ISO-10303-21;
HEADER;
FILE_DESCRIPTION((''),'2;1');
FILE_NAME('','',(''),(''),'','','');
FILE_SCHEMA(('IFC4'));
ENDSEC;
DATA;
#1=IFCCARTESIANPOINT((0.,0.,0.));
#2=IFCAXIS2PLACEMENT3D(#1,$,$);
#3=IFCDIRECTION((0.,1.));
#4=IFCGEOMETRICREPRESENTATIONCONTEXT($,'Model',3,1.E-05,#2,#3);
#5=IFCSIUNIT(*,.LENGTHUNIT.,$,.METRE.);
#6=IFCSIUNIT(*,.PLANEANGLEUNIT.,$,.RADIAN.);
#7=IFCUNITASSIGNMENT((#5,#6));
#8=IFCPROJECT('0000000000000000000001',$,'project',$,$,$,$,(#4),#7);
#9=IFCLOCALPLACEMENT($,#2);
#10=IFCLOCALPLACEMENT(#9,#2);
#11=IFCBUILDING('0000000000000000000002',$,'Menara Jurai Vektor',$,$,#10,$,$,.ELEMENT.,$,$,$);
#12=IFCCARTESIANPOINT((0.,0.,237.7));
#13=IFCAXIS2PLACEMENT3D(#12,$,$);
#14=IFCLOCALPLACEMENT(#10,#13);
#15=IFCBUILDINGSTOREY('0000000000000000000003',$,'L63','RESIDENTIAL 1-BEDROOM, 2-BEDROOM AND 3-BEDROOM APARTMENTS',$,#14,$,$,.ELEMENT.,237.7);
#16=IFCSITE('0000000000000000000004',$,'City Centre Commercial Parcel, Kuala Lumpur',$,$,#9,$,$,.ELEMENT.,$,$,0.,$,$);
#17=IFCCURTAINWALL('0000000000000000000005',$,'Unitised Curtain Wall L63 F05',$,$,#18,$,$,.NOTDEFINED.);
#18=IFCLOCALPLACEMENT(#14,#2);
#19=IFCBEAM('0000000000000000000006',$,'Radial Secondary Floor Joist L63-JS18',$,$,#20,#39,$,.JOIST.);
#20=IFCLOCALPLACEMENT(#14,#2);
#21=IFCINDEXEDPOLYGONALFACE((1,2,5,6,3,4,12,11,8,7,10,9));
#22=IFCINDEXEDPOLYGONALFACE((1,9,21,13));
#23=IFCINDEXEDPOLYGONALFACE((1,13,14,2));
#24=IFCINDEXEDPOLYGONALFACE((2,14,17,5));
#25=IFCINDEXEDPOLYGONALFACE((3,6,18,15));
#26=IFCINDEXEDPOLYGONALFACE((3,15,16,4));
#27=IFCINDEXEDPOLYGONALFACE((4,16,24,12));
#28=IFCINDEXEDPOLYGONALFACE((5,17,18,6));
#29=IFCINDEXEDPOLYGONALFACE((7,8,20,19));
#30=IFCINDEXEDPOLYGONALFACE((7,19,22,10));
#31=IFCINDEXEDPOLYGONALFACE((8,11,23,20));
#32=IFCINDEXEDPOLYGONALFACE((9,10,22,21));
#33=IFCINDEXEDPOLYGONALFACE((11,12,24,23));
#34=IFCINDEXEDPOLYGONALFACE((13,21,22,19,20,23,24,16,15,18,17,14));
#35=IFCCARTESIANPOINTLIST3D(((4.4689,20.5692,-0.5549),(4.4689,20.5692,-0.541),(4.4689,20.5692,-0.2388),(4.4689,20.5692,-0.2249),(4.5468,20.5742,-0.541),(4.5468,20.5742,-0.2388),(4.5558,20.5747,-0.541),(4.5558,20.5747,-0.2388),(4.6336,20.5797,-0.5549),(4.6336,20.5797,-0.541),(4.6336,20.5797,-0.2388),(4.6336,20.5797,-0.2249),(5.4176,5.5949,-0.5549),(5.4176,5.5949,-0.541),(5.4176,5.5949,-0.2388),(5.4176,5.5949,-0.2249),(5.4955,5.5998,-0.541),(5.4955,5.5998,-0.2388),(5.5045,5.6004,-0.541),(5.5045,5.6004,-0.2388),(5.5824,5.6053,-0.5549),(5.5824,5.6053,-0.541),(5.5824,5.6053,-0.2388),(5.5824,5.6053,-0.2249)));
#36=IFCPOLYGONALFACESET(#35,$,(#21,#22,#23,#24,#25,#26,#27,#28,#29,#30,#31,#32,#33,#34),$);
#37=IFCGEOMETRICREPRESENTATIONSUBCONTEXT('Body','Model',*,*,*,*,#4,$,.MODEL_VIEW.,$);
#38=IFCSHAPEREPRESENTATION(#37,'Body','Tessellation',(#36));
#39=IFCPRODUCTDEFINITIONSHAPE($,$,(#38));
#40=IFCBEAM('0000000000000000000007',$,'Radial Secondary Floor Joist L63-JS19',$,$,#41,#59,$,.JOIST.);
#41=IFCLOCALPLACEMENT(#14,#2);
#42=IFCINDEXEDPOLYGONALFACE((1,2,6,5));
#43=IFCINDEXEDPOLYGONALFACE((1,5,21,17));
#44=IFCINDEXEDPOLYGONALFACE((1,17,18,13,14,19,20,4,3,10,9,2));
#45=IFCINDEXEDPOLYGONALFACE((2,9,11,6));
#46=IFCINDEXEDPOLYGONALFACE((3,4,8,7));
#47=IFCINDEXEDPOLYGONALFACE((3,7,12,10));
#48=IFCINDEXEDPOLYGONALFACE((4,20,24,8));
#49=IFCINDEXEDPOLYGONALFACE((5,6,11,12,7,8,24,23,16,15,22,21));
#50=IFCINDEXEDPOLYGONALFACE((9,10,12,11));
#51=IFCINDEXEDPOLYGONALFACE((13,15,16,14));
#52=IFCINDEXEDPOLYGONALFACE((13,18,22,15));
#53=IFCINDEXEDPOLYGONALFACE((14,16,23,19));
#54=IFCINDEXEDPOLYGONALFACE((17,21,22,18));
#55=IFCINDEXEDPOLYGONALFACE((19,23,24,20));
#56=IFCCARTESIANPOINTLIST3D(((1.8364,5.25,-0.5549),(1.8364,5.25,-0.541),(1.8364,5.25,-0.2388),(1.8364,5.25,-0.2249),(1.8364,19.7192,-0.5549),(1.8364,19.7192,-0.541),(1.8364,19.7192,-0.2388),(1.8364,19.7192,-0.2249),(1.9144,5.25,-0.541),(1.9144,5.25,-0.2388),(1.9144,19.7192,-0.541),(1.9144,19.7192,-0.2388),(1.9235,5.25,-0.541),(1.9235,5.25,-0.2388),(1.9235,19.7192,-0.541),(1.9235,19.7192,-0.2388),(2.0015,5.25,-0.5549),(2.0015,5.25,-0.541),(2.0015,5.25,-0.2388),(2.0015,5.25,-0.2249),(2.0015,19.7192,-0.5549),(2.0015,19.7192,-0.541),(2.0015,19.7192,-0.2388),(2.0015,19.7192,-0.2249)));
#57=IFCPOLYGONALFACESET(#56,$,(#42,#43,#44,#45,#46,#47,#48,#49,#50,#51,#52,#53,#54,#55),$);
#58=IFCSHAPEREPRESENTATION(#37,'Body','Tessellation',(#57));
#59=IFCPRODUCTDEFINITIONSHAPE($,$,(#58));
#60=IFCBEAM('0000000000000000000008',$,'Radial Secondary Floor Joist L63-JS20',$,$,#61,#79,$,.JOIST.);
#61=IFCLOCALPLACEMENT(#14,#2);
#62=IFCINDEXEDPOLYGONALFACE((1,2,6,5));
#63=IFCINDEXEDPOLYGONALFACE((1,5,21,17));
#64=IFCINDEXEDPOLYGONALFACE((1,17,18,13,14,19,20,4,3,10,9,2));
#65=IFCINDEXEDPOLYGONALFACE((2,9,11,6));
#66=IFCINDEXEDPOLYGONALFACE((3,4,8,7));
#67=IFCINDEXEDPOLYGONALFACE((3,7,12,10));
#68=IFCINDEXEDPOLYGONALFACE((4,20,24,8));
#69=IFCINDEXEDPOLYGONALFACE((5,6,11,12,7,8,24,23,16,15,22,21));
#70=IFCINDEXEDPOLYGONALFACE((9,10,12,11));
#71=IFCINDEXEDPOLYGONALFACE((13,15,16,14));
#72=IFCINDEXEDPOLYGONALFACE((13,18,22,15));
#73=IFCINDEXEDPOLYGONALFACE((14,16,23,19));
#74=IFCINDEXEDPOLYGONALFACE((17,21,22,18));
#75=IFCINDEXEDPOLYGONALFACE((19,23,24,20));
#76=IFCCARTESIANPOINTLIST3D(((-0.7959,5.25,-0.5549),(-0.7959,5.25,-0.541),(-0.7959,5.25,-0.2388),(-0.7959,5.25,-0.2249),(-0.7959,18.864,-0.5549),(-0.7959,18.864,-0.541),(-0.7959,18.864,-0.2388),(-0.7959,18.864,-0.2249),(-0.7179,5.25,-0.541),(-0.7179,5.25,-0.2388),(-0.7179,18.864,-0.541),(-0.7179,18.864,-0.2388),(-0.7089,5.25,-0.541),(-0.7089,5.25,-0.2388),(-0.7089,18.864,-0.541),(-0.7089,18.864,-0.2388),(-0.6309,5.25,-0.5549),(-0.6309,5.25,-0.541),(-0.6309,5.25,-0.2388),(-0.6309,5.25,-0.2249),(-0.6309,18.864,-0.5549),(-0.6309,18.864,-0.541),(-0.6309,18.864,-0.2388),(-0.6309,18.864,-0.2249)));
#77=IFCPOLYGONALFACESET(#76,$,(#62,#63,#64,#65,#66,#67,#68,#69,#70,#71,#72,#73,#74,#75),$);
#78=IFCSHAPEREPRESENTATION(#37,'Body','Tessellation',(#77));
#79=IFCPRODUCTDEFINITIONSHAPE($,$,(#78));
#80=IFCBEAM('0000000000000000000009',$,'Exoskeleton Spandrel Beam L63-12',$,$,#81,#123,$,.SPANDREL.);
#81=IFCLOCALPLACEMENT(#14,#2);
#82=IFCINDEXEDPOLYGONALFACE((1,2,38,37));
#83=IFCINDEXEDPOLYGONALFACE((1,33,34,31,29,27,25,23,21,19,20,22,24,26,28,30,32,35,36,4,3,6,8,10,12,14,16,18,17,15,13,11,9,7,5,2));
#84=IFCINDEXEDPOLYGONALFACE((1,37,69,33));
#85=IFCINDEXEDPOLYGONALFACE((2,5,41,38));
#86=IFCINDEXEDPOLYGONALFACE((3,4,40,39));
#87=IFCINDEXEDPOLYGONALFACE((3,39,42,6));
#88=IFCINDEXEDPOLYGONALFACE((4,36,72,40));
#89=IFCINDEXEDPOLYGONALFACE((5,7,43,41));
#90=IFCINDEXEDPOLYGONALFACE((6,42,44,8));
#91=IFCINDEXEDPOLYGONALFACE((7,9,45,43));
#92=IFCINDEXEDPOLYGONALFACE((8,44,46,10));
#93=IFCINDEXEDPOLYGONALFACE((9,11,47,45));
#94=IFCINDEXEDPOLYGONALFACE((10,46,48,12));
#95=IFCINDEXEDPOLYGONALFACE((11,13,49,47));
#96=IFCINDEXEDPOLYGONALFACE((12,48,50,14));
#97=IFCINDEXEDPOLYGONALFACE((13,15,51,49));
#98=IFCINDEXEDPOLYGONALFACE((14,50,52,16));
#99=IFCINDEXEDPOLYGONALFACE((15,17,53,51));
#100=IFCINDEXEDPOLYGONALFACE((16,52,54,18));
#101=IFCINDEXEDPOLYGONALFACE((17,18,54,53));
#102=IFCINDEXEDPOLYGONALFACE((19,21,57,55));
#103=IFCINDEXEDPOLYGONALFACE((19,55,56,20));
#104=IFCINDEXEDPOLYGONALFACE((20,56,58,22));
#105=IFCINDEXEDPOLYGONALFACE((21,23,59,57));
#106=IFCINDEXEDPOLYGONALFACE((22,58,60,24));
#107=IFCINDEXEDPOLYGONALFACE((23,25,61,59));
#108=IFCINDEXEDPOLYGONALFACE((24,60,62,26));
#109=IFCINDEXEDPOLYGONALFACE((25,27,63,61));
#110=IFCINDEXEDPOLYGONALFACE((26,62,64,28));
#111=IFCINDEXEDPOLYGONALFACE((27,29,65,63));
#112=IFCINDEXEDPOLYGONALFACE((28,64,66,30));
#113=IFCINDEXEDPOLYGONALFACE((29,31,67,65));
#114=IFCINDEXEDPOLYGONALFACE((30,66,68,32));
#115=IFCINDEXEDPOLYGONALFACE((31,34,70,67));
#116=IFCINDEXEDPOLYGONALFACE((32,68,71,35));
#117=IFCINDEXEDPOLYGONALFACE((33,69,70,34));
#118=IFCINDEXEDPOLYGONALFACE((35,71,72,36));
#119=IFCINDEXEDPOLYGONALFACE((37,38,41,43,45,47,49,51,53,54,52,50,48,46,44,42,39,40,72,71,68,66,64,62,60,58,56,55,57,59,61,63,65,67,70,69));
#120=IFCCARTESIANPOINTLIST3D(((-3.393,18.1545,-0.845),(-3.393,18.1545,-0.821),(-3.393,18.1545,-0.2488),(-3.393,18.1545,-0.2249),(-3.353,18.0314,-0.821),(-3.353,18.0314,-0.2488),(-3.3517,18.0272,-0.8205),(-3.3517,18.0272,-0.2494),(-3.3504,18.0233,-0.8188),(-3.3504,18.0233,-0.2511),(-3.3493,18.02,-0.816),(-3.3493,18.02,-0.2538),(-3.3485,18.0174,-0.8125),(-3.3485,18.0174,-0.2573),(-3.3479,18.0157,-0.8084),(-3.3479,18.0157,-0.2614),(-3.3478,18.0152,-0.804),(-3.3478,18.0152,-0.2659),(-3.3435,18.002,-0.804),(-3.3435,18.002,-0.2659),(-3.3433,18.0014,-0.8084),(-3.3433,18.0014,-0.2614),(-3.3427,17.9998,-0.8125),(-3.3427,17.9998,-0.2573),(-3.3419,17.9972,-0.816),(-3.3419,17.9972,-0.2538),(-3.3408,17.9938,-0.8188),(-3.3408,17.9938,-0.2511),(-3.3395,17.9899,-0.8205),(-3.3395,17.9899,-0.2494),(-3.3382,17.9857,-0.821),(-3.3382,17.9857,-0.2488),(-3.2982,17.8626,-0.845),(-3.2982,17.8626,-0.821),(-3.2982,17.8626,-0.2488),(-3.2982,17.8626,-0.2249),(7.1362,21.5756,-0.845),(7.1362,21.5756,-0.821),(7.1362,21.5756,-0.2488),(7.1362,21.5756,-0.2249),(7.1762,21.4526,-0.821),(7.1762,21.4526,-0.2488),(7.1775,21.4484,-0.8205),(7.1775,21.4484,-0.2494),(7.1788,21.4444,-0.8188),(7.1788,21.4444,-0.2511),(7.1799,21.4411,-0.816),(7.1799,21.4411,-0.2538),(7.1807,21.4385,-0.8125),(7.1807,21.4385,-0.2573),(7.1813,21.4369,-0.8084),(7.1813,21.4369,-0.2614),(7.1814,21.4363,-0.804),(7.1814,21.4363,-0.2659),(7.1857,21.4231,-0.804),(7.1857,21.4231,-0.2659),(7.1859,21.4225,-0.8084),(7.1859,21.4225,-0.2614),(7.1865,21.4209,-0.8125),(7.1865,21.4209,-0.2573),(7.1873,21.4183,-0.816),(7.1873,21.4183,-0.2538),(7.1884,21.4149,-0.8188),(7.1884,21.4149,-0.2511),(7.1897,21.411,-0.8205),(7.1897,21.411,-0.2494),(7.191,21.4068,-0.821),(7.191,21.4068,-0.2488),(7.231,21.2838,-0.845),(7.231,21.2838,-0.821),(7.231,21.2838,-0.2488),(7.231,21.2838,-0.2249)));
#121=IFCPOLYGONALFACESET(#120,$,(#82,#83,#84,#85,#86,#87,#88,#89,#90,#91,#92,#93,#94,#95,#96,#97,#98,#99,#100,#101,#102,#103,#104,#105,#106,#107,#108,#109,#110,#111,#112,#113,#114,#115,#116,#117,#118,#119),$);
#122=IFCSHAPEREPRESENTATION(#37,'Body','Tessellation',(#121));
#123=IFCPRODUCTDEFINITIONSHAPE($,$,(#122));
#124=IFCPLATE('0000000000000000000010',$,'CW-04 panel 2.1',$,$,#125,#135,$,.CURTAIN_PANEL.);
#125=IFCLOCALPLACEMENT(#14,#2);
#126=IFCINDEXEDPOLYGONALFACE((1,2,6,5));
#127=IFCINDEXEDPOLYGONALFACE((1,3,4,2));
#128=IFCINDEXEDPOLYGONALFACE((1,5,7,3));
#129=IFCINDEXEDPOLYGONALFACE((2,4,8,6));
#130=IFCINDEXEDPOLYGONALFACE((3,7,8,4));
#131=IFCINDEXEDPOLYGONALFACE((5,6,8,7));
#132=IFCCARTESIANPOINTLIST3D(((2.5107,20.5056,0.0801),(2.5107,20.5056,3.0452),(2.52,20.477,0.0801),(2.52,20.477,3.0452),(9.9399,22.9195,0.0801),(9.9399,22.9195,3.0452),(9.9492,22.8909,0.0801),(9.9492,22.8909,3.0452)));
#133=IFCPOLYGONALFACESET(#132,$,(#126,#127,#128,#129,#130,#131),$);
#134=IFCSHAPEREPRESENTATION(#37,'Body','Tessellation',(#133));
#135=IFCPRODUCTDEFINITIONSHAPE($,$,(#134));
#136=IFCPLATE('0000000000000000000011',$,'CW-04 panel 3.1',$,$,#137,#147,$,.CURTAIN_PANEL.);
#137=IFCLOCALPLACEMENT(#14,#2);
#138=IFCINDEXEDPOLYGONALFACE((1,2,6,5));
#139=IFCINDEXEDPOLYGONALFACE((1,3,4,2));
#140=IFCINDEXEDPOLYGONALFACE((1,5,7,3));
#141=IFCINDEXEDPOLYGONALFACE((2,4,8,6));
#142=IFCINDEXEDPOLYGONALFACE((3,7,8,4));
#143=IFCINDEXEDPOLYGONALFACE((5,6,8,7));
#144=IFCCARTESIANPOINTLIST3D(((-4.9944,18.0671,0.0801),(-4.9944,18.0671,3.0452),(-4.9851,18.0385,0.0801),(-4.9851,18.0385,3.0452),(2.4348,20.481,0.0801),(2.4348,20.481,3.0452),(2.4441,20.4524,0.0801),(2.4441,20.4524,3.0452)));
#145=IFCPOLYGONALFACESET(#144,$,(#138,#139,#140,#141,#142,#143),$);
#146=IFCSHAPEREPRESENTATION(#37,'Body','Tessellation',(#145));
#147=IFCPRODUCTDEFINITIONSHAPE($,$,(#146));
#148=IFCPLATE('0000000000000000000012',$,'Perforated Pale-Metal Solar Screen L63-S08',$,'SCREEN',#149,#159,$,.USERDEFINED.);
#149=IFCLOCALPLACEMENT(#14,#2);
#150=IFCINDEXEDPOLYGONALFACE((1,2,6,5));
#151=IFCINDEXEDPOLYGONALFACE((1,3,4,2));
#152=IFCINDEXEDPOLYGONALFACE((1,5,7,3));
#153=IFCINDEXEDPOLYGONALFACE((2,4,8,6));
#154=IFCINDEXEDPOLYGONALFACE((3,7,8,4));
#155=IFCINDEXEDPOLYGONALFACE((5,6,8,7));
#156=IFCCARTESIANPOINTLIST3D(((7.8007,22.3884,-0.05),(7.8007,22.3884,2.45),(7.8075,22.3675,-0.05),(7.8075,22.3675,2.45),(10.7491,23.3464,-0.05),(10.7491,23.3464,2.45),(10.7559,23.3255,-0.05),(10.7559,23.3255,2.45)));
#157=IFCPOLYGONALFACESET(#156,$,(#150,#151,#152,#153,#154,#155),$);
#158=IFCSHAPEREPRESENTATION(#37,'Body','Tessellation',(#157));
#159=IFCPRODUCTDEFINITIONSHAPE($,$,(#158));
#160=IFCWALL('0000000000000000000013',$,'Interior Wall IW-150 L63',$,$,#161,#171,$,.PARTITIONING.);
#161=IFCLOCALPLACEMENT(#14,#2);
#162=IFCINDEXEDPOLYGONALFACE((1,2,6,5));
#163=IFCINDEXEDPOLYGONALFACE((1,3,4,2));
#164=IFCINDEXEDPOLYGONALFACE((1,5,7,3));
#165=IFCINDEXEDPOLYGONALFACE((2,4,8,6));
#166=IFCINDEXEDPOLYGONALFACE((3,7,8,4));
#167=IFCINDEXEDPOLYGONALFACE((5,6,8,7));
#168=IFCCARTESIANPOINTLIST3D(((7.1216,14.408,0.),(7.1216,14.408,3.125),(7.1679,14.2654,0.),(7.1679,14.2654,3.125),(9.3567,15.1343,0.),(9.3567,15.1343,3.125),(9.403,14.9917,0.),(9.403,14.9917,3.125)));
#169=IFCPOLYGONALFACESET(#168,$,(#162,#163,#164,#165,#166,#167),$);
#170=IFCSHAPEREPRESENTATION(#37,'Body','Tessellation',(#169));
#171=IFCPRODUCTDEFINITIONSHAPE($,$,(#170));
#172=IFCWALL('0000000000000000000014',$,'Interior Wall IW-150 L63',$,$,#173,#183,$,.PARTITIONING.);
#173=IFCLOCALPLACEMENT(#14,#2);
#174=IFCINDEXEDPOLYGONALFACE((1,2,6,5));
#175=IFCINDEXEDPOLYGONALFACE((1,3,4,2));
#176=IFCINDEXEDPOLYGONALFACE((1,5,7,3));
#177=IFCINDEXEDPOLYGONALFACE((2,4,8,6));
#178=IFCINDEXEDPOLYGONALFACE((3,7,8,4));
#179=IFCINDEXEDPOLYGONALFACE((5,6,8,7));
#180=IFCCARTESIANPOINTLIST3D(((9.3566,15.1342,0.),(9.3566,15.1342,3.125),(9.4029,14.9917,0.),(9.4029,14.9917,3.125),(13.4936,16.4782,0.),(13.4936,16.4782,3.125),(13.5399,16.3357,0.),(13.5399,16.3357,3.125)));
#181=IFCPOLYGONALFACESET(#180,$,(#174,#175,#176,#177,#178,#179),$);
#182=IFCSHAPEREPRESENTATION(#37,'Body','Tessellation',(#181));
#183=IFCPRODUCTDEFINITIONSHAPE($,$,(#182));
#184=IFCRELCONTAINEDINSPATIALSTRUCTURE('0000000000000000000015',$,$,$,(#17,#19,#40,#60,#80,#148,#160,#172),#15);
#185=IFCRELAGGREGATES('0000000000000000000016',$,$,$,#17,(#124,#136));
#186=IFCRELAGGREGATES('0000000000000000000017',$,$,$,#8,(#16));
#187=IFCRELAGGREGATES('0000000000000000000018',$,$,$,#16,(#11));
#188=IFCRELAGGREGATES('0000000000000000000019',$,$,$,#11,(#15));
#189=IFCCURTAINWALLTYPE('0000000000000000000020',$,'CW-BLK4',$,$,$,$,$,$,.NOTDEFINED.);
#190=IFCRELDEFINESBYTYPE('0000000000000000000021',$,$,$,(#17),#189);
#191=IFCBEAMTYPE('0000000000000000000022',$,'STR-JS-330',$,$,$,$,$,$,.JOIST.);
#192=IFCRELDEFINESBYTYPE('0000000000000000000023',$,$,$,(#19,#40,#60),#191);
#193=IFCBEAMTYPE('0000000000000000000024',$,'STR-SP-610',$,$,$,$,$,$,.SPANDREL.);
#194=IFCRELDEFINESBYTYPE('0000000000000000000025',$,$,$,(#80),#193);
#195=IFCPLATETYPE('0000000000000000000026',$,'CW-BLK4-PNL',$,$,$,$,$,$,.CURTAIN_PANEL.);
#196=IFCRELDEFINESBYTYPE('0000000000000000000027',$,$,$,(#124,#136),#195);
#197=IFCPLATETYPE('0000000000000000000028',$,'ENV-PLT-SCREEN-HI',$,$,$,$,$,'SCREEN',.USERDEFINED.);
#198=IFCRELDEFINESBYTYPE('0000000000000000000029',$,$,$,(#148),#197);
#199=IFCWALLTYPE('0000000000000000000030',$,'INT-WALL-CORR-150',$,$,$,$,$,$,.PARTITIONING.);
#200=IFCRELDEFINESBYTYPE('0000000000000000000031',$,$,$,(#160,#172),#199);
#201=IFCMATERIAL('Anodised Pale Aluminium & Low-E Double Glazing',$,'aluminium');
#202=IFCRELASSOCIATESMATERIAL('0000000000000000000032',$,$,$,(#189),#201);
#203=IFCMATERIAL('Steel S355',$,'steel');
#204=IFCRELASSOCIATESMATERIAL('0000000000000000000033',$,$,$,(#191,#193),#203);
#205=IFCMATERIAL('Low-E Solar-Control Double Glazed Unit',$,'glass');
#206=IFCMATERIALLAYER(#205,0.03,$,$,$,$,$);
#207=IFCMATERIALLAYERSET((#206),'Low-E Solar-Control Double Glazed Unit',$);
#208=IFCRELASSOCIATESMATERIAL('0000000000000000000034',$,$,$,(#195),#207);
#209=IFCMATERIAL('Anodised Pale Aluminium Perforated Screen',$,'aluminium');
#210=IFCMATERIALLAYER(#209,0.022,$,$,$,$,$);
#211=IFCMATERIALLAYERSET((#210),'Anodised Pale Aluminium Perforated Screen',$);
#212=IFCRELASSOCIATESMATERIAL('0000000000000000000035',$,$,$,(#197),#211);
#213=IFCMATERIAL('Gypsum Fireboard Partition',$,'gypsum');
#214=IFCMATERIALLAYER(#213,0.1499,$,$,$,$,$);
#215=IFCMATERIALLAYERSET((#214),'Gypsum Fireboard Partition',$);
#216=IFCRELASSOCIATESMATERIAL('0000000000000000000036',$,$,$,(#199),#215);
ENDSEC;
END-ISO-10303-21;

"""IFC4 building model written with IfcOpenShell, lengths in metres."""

from ifc_helpers import new_model, si_unit, direction, frame, frame_2d, origin, origin_2d, place, context, subcontext, project, spatial, rectangle, i_section, extrude, material, layer, layer_set, material_profile, profile_set, type_object, element, aggregate, save


model = new_model("IFC4")

# Units and contexts
model_context = context("Model", 3, precision=1e-05, world=origin(), true_north=direction((0.0, 1.0)))
body_context = subcontext(model_context, "Body", "Model", "MODEL_VIEW")
ifc_project = project(units=[si_unit("LENGTHUNIT", "METRE"), si_unit("PLANEANGLEUNIT", "RADIAN")], contexts=[model_context])

# Site, building, storey
site_placement = place(None, origin())
site = spatial("IfcSite", under=ifc_project, at=site_placement, Name="City Centre Commercial Parcel, Kuala Lumpur", CompositionType="ELEMENT", RefElevation=0.0)
building_placement = place(site_placement, origin())
building = spatial("IfcBuilding", under=site, at=building_placement, Name="Menara Jurai Vektor", CompositionType="ELEMENT")
storey_placement = place(building_placement, frame((0.0, 0.0, 237.7)))
storey = spatial("IfcBuildingStorey", under=building, at=storey_placement, Name="L63", Description="RESIDENTIAL 1-BEDROOM, 2-BEDROOM AND 3-BEDROOM APARTMENTS", CompositionType="ELEMENT", Elevation=237.7)

# Curtain wall
ifc_material_1 = material(Name="Anodised Pale Aluminium & Low-E Double Glazing", Category="aluminium")
curtain_wall_type = type_object("IfcCurtainWallType", Name="CW-BLK4", PredefinedType="NOTDEFINED", material=ifc_material_1)
curtain_wall_placement = place(storey_placement, origin())
curtain_wall = element("IfcCurtainWall", 1, at=curtain_wall_placement, inside=storey, type_object=curtain_wall_type, Name="Unitised Curtain Wall L63 F05", PredefinedType="NOTDEFINED")

# Beams
ifc_material_2 = material(Name="Steel S355", Category="steel")
ifc_material_profile_1 = material_profile(ifc_material_2, i_section(OverallWidth=0.165, OverallDepth=0.3301, WebThickness=0.009, FlangeThickness=0.0139, at=origin_2d()), Name="PG 330x165x46")
ifc_profile_set_1 = profile_set([ifc_material_profile_1], Name="Steel S355")
beam_type_1 = type_object("IfcBeamType", Name="STR-JS-330", PredefinedType="JOIST", material=ifc_profile_set_1)
beam_1_placement = place(storey_placement, frame((4.5513, 20.5745, -0.3899), z_axis=(0.06323, -0.997999, 0.0), x_axis=(0.997999, 0.06323, 0.0)))
element("IfcBeam", 2, at=beam_1_placement, inside=storey, type_object=beam_type_1, Name="Radial Secondary Floor Joist L63-JS18", PredefinedType="JOIST", context=body_context, shape_type="SweptSolid", body=[
    extrude(i_section(OverallWidth=0.165, OverallDepth=0.3301, WebThickness=0.009, FlangeThickness=0.0139, at=origin_2d()), origin(), (0.0, 0.0, 1.0), 15.0044),
])
beam_2_placement = place(storey_placement, frame((1.9189, 19.7192, -0.3899), z_axis=(0.0, -1.0, 0.0), x_axis=(1.0, 0.0, 0.0)))
element("IfcBeam", 3, at=beam_2_placement, inside=storey, type_object=beam_type_1, Name="Radial Secondary Floor Joist L63-JS19", PredefinedType="JOIST", context=body_context, shape_type="SweptSolid", body=[
    extrude(i_section(OverallWidth=0.165, OverallDepth=0.3301, WebThickness=0.009, FlangeThickness=0.0139, at=origin_2d()), origin(), (0.0, 0.0, 1.0), 14.4692),
])
beam_3_placement = place(storey_placement, frame((-0.7134, 18.864, -0.3899), z_axis=(0.0, -1.0, 0.0), x_axis=(1.0, 0.0, 0.0)))
element("IfcBeam", 4, at=beam_3_placement, inside=storey, type_object=beam_type_1, Name="Radial Secondary Floor Joist L63-JS20", PredefinedType="JOIST", context=body_context, shape_type="SweptSolid", body=[
    extrude(i_section(OverallWidth=0.165, OverallDepth=0.3301, WebThickness=0.009, FlangeThickness=0.0139, at=origin_2d()), origin(), (0.0, 0.0, 1.0), 13.614),
])
ifc_material_profile_2 = material_profile(ifc_material_2, i_section(OverallWidth=0.3069, OverallDepth=0.6201, WebThickness=0.0139, FlangeThickness=0.0239, FilletRadius=0.0171, at=origin_2d()), Name="UKB 610x305x179")
ifc_profile_set_2 = profile_set([ifc_material_profile_2], Name="Steel S355")
beam_type_2 = type_object("IfcBeamType", Name="STR-SP-610", PredefinedType="SPANDREL", material=ifc_profile_set_2)
beam_4_placement = place(storey_placement, frame((7.1836, 21.4297, -0.5349), z_axis=(-0.951057, -0.309014, 0.0), x_axis=(0.309014, -0.951057, 0.0)))
element("IfcBeam", 5, at=beam_4_placement, inside=storey, type_object=beam_type_2, Name="Exoskeleton Spandrel Beam L63-12", PredefinedType="SPANDREL", context=body_context, shape_type="SweptSolid", body=[
    extrude(i_section(OverallWidth=0.3069, OverallDepth=0.6201, WebThickness=0.0139, FlangeThickness=0.0239, FilletRadius=0.0171, at=origin_2d()), origin(), (0.0, 0.0, 1.0), 11.071),
])

# Plates
ifc_material_3 = material(Name="Low-E Solar-Control Double Glazed Unit", Category="glass")
ifc_layer_1 = layer(ifc_material_3, 0.03)
ifc_layer_set_1 = layer_set([ifc_layer_1], Name="Low-E Solar-Control Double Glazed Unit")
plate_type_1 = type_object("IfcPlateType", Name="CW-BLK4-PNL", PredefinedType="CURTAIN_PANEL", material=ifc_layer_set_1)
plate_1_placement = place(storey_placement, frame((6.23, 21.6982, 0.0801), z_axis=(0.0, 0.0, 1.0), x_axis=(-0.951056, -0.309017, 0.0)))
plate_1 = element("IfcPlate", 6, at=plate_1_placement, type_object=plate_type_1, Name="CW-04 panel 2.1", PredefinedType="CURTAIN_PANEL", context=body_context, shape_type="SweptSolid", body=[
    extrude(rectangle(XDim=7.8115, YDim=0.03, at=origin_2d()), origin(), (0.0, 0.0, 1.0), 2.9651),
])
plate_2_placement = place(storey_placement, frame((-1.2751, 19.2598, 0.0801), z_axis=(0.0, 0.0, 1.0), x_axis=(-0.951056, -0.309017, 0.0)))
plate_2 = element("IfcPlate", 7, at=plate_2_placement, type_object=plate_type_1, Name="CW-04 panel 3.1", PredefinedType="CURTAIN_PANEL", context=body_context, shape_type="SweptSolid", body=[
    extrude(rectangle(XDim=7.8115, YDim=0.03, at=origin_2d()), origin(), (0.0, 0.0, 1.0), 2.9651),
])
aggregate(curtain_wall, [plate_1, plate_2])
ifc_material_4 = material(Name="Anodised Pale Aluminium Perforated Screen", Category="aluminium")
ifc_layer_2 = layer(ifc_material_4, 0.022)
ifc_layer_set_2 = layer_set([ifc_layer_2], Name="Anodised Pale Aluminium Perforated Screen")
plate_type_2 = type_object("IfcPlateType", Name="ENV-PLT-SCREEN-HI", ElementType="SCREEN", PredefinedType="USERDEFINED", material=ifc_layer_set_2)
plate_3_placement = place(storey_placement, frame((9.2783, 22.8569, -0.05), z_axis=(0.0, 0.0, 1.0), x_axis=(-0.951057, -0.309017, 0.0)))
element("IfcPlate", 8, at=plate_3_placement, inside=storey, type_object=plate_type_2, Name="Perforated Pale-Metal Solar Screen L63-S08", ObjectType="SCREEN", PredefinedType="USERDEFINED", context=body_context, shape_type="SweptSolid", body=[
    extrude(rectangle(XDim=3.1001, YDim=0.022, at=origin_2d()), origin(), (0.0, 0.0, 1.0), 2.5),
])

# Walls
ifc_material_5 = material(Name="Gypsum Fireboard Partition", Category="gypsum")
ifc_layer_3 = layer(ifc_material_5, 0.1499)
ifc_layer_set_3 = layer_set([ifc_layer_3], Name="Gypsum Fireboard Partition")
wall_type_1 = type_object("IfcWallType", Name="INT-WALL-CORR-150", PredefinedType="PARTITIONING", material=ifc_layer_set_3)
wall_1_placement = place(storey_placement, frame((7.1448, 14.3367, 0.0), z_axis=(0.0, 0.0, 1.0), x_axis=(0.951046, 0.309051, 0.0)))
element("IfcWall", 9, at=wall_1_placement, inside=storey, type_object=wall_type_1, Name="Interior Wall IW-150 L63", PredefinedType="PARTITIONING", context=body_context, shape_type="SweptSolid", body=[
    extrude(rectangle(XDim=2.3501, YDim=0.1499, at=frame_2d((1.175, 0.0))), origin(), (0.0, 0.0, 1.0), 3.125),
])
wall_2_placement = place(storey_placement, frame((9.3799, 15.063, 0.0), z_axis=(0.0, 0.0, 1.0), x_axis=(0.951069, 0.308978, 0.0)))
element("IfcWall", 10, at=wall_2_placement, inside=storey, type_object=wall_type_1, Name="Interior Wall IW-150 L63", PredefinedType="PARTITIONING", context=body_context, shape_type="SweptSolid", body=[
    extrude(rectangle(XDim=4.3499, YDim=0.1499, at=frame_2d((2.1748, 0.0))), origin(), (0.0, 0.0, 1.0), 3.125),
])

save(model, "model.ifc")
